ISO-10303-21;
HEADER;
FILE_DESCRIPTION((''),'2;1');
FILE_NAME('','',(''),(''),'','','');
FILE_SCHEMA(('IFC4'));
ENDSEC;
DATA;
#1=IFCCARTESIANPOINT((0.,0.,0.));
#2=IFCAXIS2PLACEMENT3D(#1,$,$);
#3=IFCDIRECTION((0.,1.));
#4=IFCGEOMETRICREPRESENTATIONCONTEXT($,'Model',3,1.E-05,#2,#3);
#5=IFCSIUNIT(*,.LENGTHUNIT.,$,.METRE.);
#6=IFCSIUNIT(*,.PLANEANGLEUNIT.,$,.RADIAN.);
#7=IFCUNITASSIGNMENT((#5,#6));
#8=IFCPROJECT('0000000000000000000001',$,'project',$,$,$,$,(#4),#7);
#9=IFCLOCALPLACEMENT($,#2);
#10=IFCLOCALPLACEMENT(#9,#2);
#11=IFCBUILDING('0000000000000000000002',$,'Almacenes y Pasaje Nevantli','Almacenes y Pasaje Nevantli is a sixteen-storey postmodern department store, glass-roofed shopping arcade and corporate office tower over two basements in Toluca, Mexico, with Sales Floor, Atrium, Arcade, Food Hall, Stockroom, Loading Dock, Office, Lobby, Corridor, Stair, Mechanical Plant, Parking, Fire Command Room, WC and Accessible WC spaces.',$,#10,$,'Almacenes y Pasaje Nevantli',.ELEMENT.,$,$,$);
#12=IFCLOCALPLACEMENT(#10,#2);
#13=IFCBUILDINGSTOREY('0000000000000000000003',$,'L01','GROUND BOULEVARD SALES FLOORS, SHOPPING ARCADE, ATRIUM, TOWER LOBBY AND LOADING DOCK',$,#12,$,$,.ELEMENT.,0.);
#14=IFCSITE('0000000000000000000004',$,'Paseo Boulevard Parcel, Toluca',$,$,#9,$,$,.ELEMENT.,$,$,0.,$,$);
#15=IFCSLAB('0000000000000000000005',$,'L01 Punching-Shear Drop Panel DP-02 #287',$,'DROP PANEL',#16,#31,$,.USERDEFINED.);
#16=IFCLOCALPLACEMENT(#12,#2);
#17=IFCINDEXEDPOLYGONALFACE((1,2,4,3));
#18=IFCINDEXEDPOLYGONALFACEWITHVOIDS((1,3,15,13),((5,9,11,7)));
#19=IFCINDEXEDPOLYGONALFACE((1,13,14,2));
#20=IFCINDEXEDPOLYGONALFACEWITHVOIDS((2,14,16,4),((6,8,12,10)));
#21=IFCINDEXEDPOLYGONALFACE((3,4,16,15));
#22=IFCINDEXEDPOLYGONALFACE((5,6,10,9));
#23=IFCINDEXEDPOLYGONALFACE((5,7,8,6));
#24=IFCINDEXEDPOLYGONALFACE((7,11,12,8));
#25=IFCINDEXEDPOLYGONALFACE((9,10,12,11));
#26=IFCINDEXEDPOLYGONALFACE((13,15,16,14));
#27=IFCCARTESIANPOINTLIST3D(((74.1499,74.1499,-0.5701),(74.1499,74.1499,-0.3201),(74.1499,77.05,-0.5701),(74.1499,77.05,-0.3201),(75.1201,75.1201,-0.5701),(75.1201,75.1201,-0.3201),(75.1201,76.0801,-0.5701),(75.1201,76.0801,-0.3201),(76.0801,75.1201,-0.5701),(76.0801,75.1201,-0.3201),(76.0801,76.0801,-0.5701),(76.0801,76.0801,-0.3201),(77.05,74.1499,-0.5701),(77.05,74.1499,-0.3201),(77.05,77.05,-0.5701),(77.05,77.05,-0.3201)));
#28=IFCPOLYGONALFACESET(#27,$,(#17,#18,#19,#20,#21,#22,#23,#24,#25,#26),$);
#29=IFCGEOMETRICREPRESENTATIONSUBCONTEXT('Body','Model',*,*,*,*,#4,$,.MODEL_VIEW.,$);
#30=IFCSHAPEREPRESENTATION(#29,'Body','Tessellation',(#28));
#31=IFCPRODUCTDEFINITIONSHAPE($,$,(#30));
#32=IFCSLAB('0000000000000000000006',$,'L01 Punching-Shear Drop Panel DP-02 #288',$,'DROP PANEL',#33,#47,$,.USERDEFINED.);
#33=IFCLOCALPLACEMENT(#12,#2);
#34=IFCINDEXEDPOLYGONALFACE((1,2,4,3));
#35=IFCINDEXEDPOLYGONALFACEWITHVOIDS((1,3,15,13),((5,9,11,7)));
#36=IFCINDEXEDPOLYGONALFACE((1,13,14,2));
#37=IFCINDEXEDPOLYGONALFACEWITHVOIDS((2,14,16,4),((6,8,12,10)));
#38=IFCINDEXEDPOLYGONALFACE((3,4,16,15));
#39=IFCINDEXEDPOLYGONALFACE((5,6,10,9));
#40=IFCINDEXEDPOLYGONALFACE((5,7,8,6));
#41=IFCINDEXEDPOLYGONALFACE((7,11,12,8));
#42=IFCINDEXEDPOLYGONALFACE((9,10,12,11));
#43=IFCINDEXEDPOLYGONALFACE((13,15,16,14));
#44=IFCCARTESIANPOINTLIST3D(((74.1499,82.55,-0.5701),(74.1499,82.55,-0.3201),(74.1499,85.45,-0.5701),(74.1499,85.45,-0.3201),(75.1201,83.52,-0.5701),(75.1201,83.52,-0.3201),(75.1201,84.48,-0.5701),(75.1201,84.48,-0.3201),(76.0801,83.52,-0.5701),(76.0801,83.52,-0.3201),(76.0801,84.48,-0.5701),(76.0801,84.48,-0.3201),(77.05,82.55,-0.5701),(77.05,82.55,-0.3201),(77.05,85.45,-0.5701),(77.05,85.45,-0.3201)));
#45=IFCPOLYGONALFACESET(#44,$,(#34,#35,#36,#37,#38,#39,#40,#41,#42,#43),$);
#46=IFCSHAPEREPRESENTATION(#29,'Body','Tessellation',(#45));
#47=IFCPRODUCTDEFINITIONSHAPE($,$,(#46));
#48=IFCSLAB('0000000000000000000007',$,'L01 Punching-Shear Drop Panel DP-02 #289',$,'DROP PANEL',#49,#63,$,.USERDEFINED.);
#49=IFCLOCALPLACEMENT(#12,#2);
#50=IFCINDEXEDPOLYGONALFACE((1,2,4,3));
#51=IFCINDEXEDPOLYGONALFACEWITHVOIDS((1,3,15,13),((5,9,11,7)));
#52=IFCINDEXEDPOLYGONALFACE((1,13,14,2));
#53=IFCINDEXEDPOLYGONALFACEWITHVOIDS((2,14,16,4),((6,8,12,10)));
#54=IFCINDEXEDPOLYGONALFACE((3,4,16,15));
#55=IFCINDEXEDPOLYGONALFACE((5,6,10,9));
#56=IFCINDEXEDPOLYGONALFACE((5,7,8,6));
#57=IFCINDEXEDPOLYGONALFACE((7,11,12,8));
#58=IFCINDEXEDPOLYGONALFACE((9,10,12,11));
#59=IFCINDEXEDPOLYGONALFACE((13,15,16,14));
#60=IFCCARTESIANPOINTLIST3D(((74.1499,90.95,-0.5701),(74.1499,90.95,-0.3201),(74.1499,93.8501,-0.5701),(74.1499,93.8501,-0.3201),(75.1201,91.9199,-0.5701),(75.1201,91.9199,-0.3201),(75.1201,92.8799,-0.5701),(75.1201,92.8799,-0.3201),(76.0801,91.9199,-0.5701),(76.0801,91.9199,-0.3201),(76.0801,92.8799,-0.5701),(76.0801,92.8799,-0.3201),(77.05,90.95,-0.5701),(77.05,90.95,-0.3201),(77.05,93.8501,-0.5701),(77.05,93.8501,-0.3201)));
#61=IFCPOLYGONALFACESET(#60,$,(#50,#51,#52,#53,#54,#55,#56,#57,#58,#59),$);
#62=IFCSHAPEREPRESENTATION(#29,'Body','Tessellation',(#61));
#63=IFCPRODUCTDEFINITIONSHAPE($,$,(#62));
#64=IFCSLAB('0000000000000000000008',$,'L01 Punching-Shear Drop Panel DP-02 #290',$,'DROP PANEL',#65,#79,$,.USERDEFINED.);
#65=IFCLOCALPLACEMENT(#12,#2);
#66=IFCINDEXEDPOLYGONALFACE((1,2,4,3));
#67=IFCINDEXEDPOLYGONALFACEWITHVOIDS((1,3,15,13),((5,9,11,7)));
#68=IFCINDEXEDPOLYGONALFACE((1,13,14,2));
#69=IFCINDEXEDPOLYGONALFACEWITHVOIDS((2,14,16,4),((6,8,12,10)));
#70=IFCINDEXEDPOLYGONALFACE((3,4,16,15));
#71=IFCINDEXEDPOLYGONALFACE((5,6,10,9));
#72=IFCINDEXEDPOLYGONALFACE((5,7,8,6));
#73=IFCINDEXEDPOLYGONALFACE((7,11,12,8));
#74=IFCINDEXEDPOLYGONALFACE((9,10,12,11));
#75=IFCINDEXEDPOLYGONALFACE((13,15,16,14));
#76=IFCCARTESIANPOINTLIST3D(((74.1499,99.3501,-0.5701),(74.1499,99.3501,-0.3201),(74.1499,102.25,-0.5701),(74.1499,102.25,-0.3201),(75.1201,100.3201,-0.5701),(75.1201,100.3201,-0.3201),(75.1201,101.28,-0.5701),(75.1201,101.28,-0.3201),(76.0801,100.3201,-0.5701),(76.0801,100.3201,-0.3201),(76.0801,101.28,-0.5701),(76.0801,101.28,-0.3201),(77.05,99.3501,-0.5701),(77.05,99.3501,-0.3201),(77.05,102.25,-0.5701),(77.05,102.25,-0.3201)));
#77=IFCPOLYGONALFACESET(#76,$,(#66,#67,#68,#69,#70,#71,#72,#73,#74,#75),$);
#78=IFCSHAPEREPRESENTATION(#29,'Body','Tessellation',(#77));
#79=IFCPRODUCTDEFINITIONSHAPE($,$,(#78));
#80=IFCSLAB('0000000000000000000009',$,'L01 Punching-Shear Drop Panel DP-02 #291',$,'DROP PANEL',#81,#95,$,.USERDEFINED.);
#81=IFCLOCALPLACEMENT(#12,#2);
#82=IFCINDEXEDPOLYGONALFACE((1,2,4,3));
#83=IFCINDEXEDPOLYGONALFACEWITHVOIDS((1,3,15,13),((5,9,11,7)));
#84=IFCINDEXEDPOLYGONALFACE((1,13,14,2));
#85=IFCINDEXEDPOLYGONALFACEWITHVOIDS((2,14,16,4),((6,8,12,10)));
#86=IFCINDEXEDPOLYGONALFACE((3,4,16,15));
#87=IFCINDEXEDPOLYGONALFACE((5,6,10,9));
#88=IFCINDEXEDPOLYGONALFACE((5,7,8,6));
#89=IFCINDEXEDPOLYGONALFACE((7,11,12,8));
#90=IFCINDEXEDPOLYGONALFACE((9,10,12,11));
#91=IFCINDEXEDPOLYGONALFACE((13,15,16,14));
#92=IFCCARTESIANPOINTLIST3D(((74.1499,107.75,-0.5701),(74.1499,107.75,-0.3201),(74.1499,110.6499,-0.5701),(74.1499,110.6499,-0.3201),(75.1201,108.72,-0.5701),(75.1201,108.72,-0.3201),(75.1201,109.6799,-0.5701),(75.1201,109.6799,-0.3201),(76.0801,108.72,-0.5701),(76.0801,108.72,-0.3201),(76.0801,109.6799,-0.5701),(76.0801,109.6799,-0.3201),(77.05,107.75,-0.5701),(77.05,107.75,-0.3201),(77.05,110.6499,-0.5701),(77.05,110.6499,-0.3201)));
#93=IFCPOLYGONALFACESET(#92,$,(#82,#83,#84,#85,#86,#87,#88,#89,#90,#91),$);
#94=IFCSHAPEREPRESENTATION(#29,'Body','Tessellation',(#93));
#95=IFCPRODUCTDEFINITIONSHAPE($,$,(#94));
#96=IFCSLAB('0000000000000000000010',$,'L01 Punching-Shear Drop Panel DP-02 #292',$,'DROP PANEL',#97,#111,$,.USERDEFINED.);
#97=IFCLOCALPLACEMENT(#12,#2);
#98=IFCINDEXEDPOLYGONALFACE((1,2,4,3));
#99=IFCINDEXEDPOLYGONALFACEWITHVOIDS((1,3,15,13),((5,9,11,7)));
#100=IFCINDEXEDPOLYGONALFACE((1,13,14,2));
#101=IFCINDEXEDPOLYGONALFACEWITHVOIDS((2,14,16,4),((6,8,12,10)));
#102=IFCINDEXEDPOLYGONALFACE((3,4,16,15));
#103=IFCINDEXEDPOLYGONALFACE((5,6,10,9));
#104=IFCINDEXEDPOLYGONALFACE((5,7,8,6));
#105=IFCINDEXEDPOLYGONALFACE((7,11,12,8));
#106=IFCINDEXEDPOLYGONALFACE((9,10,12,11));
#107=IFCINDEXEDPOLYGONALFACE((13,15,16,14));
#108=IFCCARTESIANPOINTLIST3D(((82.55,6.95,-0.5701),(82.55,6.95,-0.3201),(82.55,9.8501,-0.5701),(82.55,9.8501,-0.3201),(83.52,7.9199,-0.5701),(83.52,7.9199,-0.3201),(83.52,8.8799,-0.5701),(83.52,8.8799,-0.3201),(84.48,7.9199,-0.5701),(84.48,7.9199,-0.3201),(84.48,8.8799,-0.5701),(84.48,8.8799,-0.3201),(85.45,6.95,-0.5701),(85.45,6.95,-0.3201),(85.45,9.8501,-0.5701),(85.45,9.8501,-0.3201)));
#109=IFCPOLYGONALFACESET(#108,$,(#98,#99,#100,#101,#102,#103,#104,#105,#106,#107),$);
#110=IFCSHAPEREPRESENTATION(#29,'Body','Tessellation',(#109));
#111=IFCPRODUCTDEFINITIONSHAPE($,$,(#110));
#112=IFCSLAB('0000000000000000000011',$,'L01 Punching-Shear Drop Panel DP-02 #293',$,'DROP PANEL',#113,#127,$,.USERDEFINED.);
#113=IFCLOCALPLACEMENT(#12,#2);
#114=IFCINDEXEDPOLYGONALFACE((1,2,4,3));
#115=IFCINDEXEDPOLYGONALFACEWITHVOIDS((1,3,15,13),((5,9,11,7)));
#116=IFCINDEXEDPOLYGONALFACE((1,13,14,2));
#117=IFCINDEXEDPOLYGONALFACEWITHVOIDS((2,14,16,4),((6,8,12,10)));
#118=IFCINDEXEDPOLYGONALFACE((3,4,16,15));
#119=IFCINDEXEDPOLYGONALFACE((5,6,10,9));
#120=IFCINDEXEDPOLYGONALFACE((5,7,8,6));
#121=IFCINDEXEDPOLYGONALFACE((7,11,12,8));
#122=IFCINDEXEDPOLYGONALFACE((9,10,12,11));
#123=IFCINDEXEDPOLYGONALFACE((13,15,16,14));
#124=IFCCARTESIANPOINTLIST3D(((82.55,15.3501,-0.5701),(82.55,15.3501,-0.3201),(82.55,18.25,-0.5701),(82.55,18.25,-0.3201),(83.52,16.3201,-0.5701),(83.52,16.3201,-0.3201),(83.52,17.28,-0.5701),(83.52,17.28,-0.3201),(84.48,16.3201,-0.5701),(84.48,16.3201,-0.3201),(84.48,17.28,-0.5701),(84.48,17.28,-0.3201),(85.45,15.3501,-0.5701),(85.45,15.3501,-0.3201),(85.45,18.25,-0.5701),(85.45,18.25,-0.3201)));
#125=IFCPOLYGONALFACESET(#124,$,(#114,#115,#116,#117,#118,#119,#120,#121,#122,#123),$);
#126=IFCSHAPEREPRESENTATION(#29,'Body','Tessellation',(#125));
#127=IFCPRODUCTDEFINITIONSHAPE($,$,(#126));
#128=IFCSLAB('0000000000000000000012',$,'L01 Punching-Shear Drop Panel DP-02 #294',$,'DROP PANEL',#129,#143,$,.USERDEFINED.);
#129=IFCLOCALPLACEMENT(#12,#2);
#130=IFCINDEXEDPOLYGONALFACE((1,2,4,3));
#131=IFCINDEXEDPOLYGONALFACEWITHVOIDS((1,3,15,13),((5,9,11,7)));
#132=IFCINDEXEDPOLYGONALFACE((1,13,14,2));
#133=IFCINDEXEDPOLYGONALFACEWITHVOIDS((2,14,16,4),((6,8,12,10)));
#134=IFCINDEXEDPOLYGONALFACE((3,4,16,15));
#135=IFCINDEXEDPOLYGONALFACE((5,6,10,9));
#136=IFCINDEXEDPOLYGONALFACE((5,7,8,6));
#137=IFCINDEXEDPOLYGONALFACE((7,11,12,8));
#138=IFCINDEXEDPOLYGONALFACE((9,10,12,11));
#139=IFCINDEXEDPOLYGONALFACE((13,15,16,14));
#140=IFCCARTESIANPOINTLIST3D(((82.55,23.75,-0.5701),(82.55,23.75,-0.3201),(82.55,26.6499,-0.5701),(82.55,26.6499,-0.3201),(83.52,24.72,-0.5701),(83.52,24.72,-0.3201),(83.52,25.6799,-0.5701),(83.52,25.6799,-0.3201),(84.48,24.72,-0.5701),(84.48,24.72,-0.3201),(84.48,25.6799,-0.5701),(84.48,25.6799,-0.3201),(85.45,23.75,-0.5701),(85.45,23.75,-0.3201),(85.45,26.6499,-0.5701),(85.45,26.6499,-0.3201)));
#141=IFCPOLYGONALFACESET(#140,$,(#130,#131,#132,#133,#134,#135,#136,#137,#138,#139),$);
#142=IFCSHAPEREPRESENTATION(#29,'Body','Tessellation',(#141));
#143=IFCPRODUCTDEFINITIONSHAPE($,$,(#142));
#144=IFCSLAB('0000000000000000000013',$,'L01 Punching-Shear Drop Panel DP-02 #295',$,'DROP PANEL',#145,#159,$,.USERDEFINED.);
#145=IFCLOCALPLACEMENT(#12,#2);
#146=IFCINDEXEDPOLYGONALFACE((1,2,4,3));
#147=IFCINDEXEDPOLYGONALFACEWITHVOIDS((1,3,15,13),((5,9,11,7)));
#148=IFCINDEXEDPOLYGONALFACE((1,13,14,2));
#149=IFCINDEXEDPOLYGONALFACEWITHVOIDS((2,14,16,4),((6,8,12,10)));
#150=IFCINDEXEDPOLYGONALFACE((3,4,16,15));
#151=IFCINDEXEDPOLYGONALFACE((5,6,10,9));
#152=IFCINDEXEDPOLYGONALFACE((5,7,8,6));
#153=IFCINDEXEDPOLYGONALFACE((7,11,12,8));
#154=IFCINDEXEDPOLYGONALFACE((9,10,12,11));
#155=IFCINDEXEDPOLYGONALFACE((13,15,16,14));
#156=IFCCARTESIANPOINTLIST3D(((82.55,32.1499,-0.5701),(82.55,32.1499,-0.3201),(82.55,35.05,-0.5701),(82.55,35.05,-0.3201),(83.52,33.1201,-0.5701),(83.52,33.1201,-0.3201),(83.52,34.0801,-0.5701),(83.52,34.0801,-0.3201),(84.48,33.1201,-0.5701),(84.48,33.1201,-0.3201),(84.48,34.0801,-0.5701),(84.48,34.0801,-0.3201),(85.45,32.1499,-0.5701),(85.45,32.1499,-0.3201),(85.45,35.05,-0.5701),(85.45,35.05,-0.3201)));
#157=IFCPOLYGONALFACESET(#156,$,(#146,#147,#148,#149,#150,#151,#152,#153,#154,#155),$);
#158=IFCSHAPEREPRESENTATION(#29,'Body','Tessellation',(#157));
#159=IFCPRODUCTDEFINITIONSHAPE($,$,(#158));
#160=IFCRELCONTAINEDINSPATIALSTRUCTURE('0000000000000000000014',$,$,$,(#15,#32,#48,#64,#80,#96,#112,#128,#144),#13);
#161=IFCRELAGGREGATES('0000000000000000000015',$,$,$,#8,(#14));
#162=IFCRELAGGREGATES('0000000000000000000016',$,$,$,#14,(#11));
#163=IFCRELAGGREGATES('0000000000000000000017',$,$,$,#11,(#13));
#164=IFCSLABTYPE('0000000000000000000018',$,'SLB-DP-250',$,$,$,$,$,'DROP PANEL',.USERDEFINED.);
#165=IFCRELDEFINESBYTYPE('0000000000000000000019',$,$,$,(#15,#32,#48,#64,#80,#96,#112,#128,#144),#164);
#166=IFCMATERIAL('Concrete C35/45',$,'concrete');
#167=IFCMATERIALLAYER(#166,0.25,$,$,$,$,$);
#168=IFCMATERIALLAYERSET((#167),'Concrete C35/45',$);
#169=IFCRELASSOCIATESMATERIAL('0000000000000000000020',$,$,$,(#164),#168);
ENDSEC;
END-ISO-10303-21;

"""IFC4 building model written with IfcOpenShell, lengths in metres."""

from ifc_helpers import new_model, si_unit, direction, frame, origin, place, context, subcontext, project, spatial, polyline, outline, extrude, material, layer, layer_set, type_object, element, save


model = new_model("IFC4")

# Units and contexts
model_context = context("Model", 3, precision=1e-05, world=origin(), true_north=direction((0.0, 1.0)))
body_context = subcontext(model_context, "Body", "Model", "MODEL_VIEW")
ifc_project = project(units=[si_unit("LENGTHUNIT", "METRE"), si_unit("PLANEANGLEUNIT", "RADIAN")], contexts=[model_context])

# Site, building, storey
site_placement = place(None, origin())
site = spatial("IfcSite", under=ifc_project, at=site_placement, Name="Paseo Boulevard Parcel, Toluca", CompositionType="ELEMENT", RefElevation=0.0)
building_placement = place(site_placement, origin())
building = spatial("IfcBuilding", under=site, at=building_placement, Name="Almacenes y Pasaje Nevantli", Description="Almacenes y Pasaje Nevantli is a sixteen-storey postmodern department store, glass-roofed shopping arcade and corporate office tower over two basements in Toluca, Mexico, with Sales Floor, Atrium, Arcade, Food Hall, Stockroom, Loading Dock, Office, Lobby, Corridor, Stair, Mechanical Plant, Parking, Fire Command Room, WC and Accessible WC spaces.", LongName="Almacenes y Pasaje Nevantli", CompositionType="ELEMENT")
storey_placement = place(building_placement, origin())
storey = spatial("IfcBuildingStorey", under=building, at=storey_placement, Name="L01", Description="GROUND BOULEVARD SALES FLOORS, SHOPPING ARCADE, ATRIUM, TOWER LOBBY AND LOADING DOCK", CompositionType="ELEMENT", Elevation=0.0)

# Slabs
ifc_material = material(Name="Concrete C35/45", Category="concrete")
ifc_layer = layer(ifc_material, 0.25)
ifc_layer_set = layer_set([ifc_layer], Name="Concrete C35/45")
slab_type = type_object("IfcSlabType", Name="SLB-DP-250", ElementType="DROP PANEL", PredefinedType="USERDEFINED", material=ifc_layer_set)
slab_1_placement = place(storey_placement, frame((0.0, 0.0, -0.5701)))
element("IfcSlab", 1, at=slab_1_placement, inside=storey, type_object=slab_type, Name="L01 Punching-Shear Drop Panel DP-02 #287", ObjectType="DROP PANEL", PredefinedType="USERDEFINED", context=body_context, shape_type="SweptSolid", body=[
    extrude(outline(polyline([(74.1499, 74.1499), (77.05, 74.1499), (77.05, 77.05), (74.1499, 77.05), (74.1499, 74.1499)]), holes=[polyline([(75.1201, 75.1201), (76.0801, 75.1201), (76.0801, 76.0801), (75.1201, 76.0801), (75.1201, 75.1201)])]), origin(), (0.0, 0.0, 1.0), 0.25),
])
slab_2_placement = place(storey_placement, frame((0.0, 0.0, -0.5701)))
element("IfcSlab", 2, at=slab_2_placement, inside=storey, type_object=slab_type, Name="L01 Punching-Shear Drop Panel DP-02 #288", ObjectType="DROP PANEL", PredefinedType="USERDEFINED", context=body_context, shape_type="SweptSolid", body=[
    extrude(outline(polyline([(74.1499, 82.55), (77.05, 82.55), (77.05, 85.45), (74.1499, 85.45), (74.1499, 82.55)]), holes=[polyline([(75.1201, 83.52), (76.0801, 83.52), (76.0801, 84.48), (75.1201, 84.48), (75.1201, 83.52)])]), origin(), (0.0, 0.0, 1.0), 0.25),
])
slab_3_placement = place(storey_placement, frame((0.0, 0.0, -0.5701)))
element("IfcSlab", 3, at=slab_3_placement, inside=storey, type_object=slab_type, Name="L01 Punching-Shear Drop Panel DP-02 #289", ObjectType="DROP PANEL", PredefinedType="USERDEFINED", context=body_context, shape_type="SweptSolid", body=[
    extrude(outline(polyline([(74.1499, 90.95), (77.05, 90.95), (77.05, 93.8501), (74.1499, 93.8501), (74.1499, 90.95)]), holes=[polyline([(75.1201, 91.9199), (76.0801, 91.9199), (76.0801, 92.8799), (75.1201, 92.8799), (75.1201, 91.9199)])]), origin(), (0.0, 0.0, 1.0), 0.25),
])
slab_4_placement = place(storey_placement, frame((0.0, 0.0, -0.5701)))
element("IfcSlab", 4, at=slab_4_placement, inside=storey, type_object=slab_type, Name="L01 Punching-Shear Drop Panel DP-02 #290", ObjectType="DROP PANEL", PredefinedType="USERDEFINED", context=body_context, shape_type="SweptSolid", body=[
    extrude(outline(polyline([(74.1499, 99.3501), (77.05, 99.3501), (77.05, 102.25), (74.1499, 102.25), (74.1499, 99.3501)]), holes=[polyline([(75.1201, 100.3201), (76.0801, 100.3201), (76.0801, 101.28), (75.1201, 101.28), (75.1201, 100.3201)])]), origin(), (0.0, 0.0, 1.0), 0.25),
])
slab_5_placement = place(storey_placement, frame((0.0, 0.0, -0.5701)))
element("IfcSlab", 5, at=slab_5_placement, inside=storey, type_object=slab_type, Name="L01 Punching-Shear Drop Panel DP-02 #291", ObjectType="DROP PANEL", PredefinedType="USERDEFINED", context=body_context, shape_type="SweptSolid", body=[
    extrude(outline(polyline([(74.1499, 107.75), (77.05, 107.75), (77.05, 110.6499), (74.1499, 110.6499), (74.1499, 107.75)]), holes=[polyline([(75.1201, 108.72), (76.0801, 108.72), (76.0801, 109.6799), (75.1201, 109.6799), (75.1201, 108.72)])]), origin(), (0.0, 0.0, 1.0), 0.25),
])
slab_6_placement = place(storey_placement, frame((0.0, 0.0, -0.5701)))
element("IfcSlab", 6, at=slab_6_placement, inside=storey, type_object=slab_type, Name="L01 Punching-Shear Drop Panel DP-02 #292", ObjectType="DROP PANEL", PredefinedType="USERDEFINED", context=body_context, shape_type="SweptSolid", body=[
    extrude(outline(polyline([(82.55, 6.95), (85.45, 6.95), (85.45, 9.8501), (82.55, 9.8501), (82.55, 6.95)]), holes=[polyline([(83.52, 7.9199), (84.48, 7.9199), (84.48, 8.8799), (83.52, 8.8799), (83.52, 7.9199)])]), origin(), (0.0, 0.0, 1.0), 0.25),
])
slab_7_placement = place(storey_placement, frame((0.0, 0.0, -0.5701)))
element("IfcSlab", 7, at=slab_7_placement, inside=storey, type_object=slab_type, Name="L01 Punching-Shear Drop Panel DP-02 #293", ObjectType="DROP PANEL", PredefinedType="USERDEFINED", context=body_context, shape_type="SweptSolid", body=[
    extrude(outline(polyline([(82.55, 15.3501), (85.45, 15.3501), (85.45, 18.25), (82.55, 18.25), (82.55, 15.3501)]), holes=[polyline([(83.52, 16.3201), (84.48, 16.3201), (84.48, 17.28), (83.52, 17.28), (83.52, 16.3201)])]), origin(), (0.0, 0.0, 1.0), 0.25),
])
slab_8_placement = place(storey_placement, frame((0.0, 0.0, -0.5701)))
element("IfcSlab", 8, at=slab_8_placement, inside=storey, type_object=slab_type, Name="L01 Punching-Shear Drop Panel DP-02 #294", ObjectType="DROP PANEL", PredefinedType="USERDEFINED", context=body_context, shape_type="SweptSolid", body=[
    extrude(outline(polyline([(82.55, 23.75), (85.45, 23.75), (85.45, 26.6499), (82.55, 26.6499), (82.55, 23.75)]), holes=[polyline([(83.52, 24.72), (84.48, 24.72), (84.48, 25.6799), (83.52, 25.6799), (83.52, 24.72)])]), origin(), (0.0, 0.0, 1.0), 0.25),
])
slab_9_placement = place(storey_placement, frame((0.0, 0.0, -0.5701)))
element("IfcSlab", 9, at=slab_9_placement, inside=storey, type_object=slab_type, Name="L01 Punching-Shear Drop Panel DP-02 #295", ObjectType="DROP PANEL", PredefinedType="USERDEFINED", context=body_context, shape_type="SweptSolid", body=[
    extrude(outline(polyline([(82.55, 32.1499), (85.45, 32.1499), (85.45, 35.05), (82.55, 35.05), (82.55, 32.1499)]), holes=[polyline([(83.52, 33.1201), (84.48, 33.1201), (84.48, 34.0801), (83.52, 34.0801), (83.52, 33.1201)])]), origin(), (0.0, 0.0, 1.0), 0.25),
])

save(model, "model.ifc")
